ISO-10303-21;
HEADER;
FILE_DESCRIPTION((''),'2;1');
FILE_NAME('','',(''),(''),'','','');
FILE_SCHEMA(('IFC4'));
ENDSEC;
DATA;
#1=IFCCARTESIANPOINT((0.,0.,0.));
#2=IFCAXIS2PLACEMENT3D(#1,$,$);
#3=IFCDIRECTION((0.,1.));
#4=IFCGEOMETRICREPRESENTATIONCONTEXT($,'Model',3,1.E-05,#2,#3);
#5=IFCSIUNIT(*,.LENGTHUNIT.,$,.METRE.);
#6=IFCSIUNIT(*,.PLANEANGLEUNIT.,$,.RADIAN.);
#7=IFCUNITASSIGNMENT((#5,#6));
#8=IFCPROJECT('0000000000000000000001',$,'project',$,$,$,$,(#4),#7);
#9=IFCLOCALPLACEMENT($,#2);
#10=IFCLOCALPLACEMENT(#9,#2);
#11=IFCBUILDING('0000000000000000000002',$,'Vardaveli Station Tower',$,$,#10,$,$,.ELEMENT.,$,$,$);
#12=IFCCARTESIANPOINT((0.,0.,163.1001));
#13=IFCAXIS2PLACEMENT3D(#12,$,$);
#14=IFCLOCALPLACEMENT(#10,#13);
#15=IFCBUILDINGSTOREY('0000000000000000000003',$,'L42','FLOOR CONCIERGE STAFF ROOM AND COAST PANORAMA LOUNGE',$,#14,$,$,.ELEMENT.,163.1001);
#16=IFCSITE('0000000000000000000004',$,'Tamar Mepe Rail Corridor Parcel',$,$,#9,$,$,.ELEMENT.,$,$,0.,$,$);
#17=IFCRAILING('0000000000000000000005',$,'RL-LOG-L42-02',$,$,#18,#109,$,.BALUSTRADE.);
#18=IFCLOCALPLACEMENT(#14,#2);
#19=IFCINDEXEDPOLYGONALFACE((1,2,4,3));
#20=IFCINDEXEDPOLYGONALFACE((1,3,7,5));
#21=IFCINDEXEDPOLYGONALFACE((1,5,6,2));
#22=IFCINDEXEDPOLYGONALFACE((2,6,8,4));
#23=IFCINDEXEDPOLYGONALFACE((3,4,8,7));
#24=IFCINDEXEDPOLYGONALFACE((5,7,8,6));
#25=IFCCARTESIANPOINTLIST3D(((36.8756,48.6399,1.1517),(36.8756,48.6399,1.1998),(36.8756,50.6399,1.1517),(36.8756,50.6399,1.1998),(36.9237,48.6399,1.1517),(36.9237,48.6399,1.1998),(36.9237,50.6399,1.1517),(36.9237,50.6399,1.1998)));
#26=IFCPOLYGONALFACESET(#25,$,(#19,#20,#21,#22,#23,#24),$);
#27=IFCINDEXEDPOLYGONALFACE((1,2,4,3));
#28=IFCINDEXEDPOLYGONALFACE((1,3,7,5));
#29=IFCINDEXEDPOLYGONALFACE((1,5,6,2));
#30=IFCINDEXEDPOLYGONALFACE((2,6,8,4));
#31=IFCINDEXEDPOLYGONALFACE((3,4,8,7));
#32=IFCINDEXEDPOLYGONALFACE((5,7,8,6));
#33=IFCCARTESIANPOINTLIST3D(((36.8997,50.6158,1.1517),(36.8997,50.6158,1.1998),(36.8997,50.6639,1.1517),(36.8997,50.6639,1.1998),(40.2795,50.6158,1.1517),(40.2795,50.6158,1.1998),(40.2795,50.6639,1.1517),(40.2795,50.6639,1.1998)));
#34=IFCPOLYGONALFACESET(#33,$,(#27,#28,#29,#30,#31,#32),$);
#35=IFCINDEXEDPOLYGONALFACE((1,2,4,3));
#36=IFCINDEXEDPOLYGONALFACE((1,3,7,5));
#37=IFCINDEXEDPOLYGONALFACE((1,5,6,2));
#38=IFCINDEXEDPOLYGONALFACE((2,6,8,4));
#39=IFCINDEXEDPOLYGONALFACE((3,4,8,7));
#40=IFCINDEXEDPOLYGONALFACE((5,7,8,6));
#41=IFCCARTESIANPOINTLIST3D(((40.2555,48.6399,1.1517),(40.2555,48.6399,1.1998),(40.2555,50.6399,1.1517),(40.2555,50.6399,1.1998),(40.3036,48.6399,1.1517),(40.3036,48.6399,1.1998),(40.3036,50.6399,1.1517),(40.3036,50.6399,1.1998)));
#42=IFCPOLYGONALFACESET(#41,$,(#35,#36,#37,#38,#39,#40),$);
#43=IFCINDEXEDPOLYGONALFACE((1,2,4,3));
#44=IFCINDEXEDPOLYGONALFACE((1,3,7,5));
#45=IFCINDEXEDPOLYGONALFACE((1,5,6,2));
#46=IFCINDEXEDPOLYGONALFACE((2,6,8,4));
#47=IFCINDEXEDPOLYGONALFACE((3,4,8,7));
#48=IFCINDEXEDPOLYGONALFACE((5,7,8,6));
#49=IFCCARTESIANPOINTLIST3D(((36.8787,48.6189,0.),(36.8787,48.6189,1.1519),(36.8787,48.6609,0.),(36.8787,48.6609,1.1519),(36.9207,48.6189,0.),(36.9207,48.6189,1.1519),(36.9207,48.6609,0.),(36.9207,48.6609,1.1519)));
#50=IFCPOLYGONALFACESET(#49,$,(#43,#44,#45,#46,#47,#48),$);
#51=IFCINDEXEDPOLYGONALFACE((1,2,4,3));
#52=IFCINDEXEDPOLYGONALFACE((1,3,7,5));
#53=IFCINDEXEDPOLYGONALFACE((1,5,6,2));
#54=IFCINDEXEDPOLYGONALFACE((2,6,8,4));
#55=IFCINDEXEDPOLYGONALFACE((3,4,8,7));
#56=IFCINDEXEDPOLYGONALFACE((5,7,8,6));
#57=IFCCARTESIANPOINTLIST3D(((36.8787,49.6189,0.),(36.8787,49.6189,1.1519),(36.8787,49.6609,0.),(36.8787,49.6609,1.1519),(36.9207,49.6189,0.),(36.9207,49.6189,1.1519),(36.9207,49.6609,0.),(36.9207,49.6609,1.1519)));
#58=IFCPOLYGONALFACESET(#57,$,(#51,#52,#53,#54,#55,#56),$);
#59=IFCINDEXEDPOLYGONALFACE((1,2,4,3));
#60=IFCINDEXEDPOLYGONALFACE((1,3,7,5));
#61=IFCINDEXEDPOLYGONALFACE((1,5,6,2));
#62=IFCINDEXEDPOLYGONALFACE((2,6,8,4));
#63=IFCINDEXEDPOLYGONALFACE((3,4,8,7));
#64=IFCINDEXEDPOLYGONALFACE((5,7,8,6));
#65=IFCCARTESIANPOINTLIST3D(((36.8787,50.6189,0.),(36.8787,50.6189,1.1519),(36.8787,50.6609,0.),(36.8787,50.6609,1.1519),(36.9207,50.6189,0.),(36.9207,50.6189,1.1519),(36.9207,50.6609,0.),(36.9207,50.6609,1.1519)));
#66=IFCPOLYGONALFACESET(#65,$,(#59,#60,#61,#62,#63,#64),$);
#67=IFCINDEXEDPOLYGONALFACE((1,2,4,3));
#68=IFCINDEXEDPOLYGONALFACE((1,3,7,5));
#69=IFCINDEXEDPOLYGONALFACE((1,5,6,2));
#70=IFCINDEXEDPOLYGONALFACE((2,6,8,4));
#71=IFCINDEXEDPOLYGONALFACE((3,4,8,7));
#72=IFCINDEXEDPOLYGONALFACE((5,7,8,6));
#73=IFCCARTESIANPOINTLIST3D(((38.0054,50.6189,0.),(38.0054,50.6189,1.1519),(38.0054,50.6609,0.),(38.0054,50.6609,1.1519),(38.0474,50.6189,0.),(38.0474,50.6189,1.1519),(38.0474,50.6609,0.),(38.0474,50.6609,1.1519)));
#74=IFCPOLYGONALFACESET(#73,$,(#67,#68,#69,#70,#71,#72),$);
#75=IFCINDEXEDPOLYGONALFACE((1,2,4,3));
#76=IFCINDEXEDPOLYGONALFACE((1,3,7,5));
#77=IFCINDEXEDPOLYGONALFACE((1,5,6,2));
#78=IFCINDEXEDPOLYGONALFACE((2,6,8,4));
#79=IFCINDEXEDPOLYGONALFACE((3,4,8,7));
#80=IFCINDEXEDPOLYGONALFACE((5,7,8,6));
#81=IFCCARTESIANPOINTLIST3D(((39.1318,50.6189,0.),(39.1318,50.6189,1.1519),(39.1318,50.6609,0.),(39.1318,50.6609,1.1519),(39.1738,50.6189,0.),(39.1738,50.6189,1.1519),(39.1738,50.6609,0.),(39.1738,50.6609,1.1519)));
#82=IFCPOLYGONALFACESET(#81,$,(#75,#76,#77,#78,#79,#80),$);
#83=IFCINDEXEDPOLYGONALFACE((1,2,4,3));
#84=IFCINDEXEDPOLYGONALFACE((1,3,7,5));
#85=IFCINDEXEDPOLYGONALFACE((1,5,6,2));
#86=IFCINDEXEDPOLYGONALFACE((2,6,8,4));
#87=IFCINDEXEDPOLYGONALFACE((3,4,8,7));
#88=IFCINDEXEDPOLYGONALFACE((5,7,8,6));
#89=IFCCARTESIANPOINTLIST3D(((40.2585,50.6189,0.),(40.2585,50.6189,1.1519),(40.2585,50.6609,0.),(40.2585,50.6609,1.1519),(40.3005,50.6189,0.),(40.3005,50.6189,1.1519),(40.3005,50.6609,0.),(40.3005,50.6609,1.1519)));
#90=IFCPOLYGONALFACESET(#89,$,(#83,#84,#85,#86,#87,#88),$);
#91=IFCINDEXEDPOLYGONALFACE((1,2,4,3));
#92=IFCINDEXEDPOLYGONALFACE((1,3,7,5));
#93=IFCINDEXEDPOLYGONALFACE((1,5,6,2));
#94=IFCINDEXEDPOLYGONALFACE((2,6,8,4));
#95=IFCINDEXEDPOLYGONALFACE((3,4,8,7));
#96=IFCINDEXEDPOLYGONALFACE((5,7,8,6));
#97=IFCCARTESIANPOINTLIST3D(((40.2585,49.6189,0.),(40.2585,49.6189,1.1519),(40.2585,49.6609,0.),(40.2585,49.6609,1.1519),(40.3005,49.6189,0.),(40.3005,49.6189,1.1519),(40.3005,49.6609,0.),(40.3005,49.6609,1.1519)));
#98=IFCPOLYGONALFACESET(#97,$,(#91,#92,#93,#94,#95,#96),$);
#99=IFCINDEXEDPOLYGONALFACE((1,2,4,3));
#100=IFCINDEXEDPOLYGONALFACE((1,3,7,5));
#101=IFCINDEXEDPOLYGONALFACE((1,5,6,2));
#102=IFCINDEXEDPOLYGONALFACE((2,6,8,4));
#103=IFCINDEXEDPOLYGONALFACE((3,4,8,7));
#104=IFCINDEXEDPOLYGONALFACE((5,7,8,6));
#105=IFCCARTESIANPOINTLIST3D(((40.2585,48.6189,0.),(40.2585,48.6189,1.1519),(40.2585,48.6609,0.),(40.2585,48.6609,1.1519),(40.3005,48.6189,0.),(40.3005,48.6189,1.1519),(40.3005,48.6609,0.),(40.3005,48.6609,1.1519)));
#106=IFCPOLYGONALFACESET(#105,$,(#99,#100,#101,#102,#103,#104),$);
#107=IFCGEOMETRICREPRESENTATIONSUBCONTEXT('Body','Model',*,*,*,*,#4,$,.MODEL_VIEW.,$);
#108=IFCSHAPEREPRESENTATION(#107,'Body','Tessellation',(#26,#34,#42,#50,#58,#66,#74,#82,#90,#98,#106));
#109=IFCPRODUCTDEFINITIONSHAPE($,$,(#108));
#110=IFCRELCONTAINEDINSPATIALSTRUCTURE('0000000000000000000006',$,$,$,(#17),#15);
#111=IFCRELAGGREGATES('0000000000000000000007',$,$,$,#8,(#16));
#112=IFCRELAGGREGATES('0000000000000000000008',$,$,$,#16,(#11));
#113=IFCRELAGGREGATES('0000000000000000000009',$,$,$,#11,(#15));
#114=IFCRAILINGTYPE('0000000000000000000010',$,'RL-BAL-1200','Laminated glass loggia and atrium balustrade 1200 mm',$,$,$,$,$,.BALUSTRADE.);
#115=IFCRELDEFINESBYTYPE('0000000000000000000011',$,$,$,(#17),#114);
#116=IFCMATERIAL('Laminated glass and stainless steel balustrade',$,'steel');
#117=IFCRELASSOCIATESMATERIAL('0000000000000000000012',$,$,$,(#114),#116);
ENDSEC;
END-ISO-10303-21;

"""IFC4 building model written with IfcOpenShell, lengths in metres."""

from ifc_helpers import new_model, si_unit, direction, frame, origin, origin_2d, place, context, subcontext, project, spatial, rectangle, extrude, source, transform, mapped, material, type_object, element, save


model = new_model("IFC4")

# Units and contexts
model_context = context("Model", 3, precision=1e-05, world=origin(), true_north=direction((0.0, 1.0)))
body_context = subcontext(model_context, "Body", "Model", "MODEL_VIEW")
ifc_project = project(units=[si_unit("LENGTHUNIT", "METRE"), si_unit("PLANEANGLEUNIT", "RADIAN")], contexts=[model_context])

# Site, building, storey
site_placement = place(None, origin())
site = spatial("IfcSite", under=ifc_project, at=site_placement, Name="Tamar Mepe Rail Corridor Parcel", CompositionType="ELEMENT", RefElevation=0.0)
building_placement = place(site_placement, origin())
building = spatial("IfcBuilding", under=site, at=building_placement, Name="Vardaveli Station Tower", CompositionType="ELEMENT")
storey_placement = place(building_placement, frame((0.0, 0.0, 163.1001)))
storey = spatial("IfcBuildingStorey", under=building, at=storey_placement, Name="L42", Description="FLOOR CONCIERGE STAFF ROOM AND COAST PANORAMA LOUNGE", CompositionType="ELEMENT", Elevation=163.1001)

# Railing
ifc_material_1 = material(Name="Laminated glass and stainless steel balustrade", Category="steel")
railing_type = type_object("IfcRailingType", Name="RL-BAL-1200", Description="Laminated glass loggia and atrium balustrade 1200 mm", PredefinedType="BALUSTRADE", material=ifc_material_1)
shared_shape_1 = source(origin(), body_context, "Body", "SweptSolid", [
    extrude(rectangle(XDim=0.0481, YDim=0.0481, at=origin_2d()), frame((0.0, 0.0, 1.1758), z_axis=(0.0, 1.0, 0.0), x_axis=(-1.0, 0.0, 0.0)), (0.0, 0.0, 1.0), 2.0),
    extrude(rectangle(XDim=0.0481, YDim=0.0481, at=origin_2d()), frame((0.0, 2.0, 1.1758), z_axis=(1.0, 0.0, 0.0), x_axis=(0.0, 1.0, 0.0)), (0.0, 0.0, 1.0), 3.3799),
    extrude(rectangle(XDim=0.0481, YDim=0.0481, at=origin_2d()), frame((3.3799, 2.0, 1.1758), z_axis=(0.0, -1.0, 0.0), x_axis=(1.0, 0.0, 0.0)), (0.0, 0.0, 1.0), 2.0),
    extrude(rectangle(XDim=0.042, YDim=0.042, at=origin_2d()), origin(), (0.0, 0.0, 1.0), 1.1519),
    extrude(rectangle(XDim=0.042, YDim=0.042, at=origin_2d()), frame((0.0, 1.0, 0.0)), (0.0, 0.0, 1.0), 1.1519),
    extrude(rectangle(XDim=0.042, YDim=0.042, at=origin_2d()), frame((0.0, 2.0, 0.0)), (0.0, 0.0, 1.0), 1.1519),
    extrude(rectangle(XDim=0.042, YDim=0.042, at=origin_2d()), frame((1.1267, 2.0, 0.0)), (0.0, 0.0, 1.0), 1.1519),
    extrude(rectangle(XDim=0.042, YDim=0.042, at=origin_2d()), frame((2.2532, 2.0, 0.0)), (0.0, 0.0, 1.0), 1.1519),
    extrude(rectangle(XDim=0.042, YDim=0.042, at=origin_2d()), frame((3.3799, 2.0, 0.0)), (0.0, 0.0, 1.0), 1.1519),
    extrude(rectangle(XDim=0.042, YDim=0.042, at=origin_2d()), frame((3.3799, 1.0, 0.0)), (0.0, 0.0, 1.0), 1.1519),
    extrude(rectangle(XDim=0.042, YDim=0.042, at=origin_2d()), frame((3.3799, 0.0, 0.0)), (0.0, 0.0, 1.0), 1.1519),
])
railing_placement = place(storey_placement, frame((36.8997, 48.6399, 0.0)))
element("IfcRailing", 1, at=railing_placement, inside=storey, type_object=railing_type, Name="RL-LOG-L42-02", PredefinedType="BALUSTRADE", context=body_context, shape_type="MappedRepresentation", body=[
    mapped(shared_shape_1, transform((0.0, 0.0, 0.0), scale=1.0)),
])

save(model, "model.ifc")
